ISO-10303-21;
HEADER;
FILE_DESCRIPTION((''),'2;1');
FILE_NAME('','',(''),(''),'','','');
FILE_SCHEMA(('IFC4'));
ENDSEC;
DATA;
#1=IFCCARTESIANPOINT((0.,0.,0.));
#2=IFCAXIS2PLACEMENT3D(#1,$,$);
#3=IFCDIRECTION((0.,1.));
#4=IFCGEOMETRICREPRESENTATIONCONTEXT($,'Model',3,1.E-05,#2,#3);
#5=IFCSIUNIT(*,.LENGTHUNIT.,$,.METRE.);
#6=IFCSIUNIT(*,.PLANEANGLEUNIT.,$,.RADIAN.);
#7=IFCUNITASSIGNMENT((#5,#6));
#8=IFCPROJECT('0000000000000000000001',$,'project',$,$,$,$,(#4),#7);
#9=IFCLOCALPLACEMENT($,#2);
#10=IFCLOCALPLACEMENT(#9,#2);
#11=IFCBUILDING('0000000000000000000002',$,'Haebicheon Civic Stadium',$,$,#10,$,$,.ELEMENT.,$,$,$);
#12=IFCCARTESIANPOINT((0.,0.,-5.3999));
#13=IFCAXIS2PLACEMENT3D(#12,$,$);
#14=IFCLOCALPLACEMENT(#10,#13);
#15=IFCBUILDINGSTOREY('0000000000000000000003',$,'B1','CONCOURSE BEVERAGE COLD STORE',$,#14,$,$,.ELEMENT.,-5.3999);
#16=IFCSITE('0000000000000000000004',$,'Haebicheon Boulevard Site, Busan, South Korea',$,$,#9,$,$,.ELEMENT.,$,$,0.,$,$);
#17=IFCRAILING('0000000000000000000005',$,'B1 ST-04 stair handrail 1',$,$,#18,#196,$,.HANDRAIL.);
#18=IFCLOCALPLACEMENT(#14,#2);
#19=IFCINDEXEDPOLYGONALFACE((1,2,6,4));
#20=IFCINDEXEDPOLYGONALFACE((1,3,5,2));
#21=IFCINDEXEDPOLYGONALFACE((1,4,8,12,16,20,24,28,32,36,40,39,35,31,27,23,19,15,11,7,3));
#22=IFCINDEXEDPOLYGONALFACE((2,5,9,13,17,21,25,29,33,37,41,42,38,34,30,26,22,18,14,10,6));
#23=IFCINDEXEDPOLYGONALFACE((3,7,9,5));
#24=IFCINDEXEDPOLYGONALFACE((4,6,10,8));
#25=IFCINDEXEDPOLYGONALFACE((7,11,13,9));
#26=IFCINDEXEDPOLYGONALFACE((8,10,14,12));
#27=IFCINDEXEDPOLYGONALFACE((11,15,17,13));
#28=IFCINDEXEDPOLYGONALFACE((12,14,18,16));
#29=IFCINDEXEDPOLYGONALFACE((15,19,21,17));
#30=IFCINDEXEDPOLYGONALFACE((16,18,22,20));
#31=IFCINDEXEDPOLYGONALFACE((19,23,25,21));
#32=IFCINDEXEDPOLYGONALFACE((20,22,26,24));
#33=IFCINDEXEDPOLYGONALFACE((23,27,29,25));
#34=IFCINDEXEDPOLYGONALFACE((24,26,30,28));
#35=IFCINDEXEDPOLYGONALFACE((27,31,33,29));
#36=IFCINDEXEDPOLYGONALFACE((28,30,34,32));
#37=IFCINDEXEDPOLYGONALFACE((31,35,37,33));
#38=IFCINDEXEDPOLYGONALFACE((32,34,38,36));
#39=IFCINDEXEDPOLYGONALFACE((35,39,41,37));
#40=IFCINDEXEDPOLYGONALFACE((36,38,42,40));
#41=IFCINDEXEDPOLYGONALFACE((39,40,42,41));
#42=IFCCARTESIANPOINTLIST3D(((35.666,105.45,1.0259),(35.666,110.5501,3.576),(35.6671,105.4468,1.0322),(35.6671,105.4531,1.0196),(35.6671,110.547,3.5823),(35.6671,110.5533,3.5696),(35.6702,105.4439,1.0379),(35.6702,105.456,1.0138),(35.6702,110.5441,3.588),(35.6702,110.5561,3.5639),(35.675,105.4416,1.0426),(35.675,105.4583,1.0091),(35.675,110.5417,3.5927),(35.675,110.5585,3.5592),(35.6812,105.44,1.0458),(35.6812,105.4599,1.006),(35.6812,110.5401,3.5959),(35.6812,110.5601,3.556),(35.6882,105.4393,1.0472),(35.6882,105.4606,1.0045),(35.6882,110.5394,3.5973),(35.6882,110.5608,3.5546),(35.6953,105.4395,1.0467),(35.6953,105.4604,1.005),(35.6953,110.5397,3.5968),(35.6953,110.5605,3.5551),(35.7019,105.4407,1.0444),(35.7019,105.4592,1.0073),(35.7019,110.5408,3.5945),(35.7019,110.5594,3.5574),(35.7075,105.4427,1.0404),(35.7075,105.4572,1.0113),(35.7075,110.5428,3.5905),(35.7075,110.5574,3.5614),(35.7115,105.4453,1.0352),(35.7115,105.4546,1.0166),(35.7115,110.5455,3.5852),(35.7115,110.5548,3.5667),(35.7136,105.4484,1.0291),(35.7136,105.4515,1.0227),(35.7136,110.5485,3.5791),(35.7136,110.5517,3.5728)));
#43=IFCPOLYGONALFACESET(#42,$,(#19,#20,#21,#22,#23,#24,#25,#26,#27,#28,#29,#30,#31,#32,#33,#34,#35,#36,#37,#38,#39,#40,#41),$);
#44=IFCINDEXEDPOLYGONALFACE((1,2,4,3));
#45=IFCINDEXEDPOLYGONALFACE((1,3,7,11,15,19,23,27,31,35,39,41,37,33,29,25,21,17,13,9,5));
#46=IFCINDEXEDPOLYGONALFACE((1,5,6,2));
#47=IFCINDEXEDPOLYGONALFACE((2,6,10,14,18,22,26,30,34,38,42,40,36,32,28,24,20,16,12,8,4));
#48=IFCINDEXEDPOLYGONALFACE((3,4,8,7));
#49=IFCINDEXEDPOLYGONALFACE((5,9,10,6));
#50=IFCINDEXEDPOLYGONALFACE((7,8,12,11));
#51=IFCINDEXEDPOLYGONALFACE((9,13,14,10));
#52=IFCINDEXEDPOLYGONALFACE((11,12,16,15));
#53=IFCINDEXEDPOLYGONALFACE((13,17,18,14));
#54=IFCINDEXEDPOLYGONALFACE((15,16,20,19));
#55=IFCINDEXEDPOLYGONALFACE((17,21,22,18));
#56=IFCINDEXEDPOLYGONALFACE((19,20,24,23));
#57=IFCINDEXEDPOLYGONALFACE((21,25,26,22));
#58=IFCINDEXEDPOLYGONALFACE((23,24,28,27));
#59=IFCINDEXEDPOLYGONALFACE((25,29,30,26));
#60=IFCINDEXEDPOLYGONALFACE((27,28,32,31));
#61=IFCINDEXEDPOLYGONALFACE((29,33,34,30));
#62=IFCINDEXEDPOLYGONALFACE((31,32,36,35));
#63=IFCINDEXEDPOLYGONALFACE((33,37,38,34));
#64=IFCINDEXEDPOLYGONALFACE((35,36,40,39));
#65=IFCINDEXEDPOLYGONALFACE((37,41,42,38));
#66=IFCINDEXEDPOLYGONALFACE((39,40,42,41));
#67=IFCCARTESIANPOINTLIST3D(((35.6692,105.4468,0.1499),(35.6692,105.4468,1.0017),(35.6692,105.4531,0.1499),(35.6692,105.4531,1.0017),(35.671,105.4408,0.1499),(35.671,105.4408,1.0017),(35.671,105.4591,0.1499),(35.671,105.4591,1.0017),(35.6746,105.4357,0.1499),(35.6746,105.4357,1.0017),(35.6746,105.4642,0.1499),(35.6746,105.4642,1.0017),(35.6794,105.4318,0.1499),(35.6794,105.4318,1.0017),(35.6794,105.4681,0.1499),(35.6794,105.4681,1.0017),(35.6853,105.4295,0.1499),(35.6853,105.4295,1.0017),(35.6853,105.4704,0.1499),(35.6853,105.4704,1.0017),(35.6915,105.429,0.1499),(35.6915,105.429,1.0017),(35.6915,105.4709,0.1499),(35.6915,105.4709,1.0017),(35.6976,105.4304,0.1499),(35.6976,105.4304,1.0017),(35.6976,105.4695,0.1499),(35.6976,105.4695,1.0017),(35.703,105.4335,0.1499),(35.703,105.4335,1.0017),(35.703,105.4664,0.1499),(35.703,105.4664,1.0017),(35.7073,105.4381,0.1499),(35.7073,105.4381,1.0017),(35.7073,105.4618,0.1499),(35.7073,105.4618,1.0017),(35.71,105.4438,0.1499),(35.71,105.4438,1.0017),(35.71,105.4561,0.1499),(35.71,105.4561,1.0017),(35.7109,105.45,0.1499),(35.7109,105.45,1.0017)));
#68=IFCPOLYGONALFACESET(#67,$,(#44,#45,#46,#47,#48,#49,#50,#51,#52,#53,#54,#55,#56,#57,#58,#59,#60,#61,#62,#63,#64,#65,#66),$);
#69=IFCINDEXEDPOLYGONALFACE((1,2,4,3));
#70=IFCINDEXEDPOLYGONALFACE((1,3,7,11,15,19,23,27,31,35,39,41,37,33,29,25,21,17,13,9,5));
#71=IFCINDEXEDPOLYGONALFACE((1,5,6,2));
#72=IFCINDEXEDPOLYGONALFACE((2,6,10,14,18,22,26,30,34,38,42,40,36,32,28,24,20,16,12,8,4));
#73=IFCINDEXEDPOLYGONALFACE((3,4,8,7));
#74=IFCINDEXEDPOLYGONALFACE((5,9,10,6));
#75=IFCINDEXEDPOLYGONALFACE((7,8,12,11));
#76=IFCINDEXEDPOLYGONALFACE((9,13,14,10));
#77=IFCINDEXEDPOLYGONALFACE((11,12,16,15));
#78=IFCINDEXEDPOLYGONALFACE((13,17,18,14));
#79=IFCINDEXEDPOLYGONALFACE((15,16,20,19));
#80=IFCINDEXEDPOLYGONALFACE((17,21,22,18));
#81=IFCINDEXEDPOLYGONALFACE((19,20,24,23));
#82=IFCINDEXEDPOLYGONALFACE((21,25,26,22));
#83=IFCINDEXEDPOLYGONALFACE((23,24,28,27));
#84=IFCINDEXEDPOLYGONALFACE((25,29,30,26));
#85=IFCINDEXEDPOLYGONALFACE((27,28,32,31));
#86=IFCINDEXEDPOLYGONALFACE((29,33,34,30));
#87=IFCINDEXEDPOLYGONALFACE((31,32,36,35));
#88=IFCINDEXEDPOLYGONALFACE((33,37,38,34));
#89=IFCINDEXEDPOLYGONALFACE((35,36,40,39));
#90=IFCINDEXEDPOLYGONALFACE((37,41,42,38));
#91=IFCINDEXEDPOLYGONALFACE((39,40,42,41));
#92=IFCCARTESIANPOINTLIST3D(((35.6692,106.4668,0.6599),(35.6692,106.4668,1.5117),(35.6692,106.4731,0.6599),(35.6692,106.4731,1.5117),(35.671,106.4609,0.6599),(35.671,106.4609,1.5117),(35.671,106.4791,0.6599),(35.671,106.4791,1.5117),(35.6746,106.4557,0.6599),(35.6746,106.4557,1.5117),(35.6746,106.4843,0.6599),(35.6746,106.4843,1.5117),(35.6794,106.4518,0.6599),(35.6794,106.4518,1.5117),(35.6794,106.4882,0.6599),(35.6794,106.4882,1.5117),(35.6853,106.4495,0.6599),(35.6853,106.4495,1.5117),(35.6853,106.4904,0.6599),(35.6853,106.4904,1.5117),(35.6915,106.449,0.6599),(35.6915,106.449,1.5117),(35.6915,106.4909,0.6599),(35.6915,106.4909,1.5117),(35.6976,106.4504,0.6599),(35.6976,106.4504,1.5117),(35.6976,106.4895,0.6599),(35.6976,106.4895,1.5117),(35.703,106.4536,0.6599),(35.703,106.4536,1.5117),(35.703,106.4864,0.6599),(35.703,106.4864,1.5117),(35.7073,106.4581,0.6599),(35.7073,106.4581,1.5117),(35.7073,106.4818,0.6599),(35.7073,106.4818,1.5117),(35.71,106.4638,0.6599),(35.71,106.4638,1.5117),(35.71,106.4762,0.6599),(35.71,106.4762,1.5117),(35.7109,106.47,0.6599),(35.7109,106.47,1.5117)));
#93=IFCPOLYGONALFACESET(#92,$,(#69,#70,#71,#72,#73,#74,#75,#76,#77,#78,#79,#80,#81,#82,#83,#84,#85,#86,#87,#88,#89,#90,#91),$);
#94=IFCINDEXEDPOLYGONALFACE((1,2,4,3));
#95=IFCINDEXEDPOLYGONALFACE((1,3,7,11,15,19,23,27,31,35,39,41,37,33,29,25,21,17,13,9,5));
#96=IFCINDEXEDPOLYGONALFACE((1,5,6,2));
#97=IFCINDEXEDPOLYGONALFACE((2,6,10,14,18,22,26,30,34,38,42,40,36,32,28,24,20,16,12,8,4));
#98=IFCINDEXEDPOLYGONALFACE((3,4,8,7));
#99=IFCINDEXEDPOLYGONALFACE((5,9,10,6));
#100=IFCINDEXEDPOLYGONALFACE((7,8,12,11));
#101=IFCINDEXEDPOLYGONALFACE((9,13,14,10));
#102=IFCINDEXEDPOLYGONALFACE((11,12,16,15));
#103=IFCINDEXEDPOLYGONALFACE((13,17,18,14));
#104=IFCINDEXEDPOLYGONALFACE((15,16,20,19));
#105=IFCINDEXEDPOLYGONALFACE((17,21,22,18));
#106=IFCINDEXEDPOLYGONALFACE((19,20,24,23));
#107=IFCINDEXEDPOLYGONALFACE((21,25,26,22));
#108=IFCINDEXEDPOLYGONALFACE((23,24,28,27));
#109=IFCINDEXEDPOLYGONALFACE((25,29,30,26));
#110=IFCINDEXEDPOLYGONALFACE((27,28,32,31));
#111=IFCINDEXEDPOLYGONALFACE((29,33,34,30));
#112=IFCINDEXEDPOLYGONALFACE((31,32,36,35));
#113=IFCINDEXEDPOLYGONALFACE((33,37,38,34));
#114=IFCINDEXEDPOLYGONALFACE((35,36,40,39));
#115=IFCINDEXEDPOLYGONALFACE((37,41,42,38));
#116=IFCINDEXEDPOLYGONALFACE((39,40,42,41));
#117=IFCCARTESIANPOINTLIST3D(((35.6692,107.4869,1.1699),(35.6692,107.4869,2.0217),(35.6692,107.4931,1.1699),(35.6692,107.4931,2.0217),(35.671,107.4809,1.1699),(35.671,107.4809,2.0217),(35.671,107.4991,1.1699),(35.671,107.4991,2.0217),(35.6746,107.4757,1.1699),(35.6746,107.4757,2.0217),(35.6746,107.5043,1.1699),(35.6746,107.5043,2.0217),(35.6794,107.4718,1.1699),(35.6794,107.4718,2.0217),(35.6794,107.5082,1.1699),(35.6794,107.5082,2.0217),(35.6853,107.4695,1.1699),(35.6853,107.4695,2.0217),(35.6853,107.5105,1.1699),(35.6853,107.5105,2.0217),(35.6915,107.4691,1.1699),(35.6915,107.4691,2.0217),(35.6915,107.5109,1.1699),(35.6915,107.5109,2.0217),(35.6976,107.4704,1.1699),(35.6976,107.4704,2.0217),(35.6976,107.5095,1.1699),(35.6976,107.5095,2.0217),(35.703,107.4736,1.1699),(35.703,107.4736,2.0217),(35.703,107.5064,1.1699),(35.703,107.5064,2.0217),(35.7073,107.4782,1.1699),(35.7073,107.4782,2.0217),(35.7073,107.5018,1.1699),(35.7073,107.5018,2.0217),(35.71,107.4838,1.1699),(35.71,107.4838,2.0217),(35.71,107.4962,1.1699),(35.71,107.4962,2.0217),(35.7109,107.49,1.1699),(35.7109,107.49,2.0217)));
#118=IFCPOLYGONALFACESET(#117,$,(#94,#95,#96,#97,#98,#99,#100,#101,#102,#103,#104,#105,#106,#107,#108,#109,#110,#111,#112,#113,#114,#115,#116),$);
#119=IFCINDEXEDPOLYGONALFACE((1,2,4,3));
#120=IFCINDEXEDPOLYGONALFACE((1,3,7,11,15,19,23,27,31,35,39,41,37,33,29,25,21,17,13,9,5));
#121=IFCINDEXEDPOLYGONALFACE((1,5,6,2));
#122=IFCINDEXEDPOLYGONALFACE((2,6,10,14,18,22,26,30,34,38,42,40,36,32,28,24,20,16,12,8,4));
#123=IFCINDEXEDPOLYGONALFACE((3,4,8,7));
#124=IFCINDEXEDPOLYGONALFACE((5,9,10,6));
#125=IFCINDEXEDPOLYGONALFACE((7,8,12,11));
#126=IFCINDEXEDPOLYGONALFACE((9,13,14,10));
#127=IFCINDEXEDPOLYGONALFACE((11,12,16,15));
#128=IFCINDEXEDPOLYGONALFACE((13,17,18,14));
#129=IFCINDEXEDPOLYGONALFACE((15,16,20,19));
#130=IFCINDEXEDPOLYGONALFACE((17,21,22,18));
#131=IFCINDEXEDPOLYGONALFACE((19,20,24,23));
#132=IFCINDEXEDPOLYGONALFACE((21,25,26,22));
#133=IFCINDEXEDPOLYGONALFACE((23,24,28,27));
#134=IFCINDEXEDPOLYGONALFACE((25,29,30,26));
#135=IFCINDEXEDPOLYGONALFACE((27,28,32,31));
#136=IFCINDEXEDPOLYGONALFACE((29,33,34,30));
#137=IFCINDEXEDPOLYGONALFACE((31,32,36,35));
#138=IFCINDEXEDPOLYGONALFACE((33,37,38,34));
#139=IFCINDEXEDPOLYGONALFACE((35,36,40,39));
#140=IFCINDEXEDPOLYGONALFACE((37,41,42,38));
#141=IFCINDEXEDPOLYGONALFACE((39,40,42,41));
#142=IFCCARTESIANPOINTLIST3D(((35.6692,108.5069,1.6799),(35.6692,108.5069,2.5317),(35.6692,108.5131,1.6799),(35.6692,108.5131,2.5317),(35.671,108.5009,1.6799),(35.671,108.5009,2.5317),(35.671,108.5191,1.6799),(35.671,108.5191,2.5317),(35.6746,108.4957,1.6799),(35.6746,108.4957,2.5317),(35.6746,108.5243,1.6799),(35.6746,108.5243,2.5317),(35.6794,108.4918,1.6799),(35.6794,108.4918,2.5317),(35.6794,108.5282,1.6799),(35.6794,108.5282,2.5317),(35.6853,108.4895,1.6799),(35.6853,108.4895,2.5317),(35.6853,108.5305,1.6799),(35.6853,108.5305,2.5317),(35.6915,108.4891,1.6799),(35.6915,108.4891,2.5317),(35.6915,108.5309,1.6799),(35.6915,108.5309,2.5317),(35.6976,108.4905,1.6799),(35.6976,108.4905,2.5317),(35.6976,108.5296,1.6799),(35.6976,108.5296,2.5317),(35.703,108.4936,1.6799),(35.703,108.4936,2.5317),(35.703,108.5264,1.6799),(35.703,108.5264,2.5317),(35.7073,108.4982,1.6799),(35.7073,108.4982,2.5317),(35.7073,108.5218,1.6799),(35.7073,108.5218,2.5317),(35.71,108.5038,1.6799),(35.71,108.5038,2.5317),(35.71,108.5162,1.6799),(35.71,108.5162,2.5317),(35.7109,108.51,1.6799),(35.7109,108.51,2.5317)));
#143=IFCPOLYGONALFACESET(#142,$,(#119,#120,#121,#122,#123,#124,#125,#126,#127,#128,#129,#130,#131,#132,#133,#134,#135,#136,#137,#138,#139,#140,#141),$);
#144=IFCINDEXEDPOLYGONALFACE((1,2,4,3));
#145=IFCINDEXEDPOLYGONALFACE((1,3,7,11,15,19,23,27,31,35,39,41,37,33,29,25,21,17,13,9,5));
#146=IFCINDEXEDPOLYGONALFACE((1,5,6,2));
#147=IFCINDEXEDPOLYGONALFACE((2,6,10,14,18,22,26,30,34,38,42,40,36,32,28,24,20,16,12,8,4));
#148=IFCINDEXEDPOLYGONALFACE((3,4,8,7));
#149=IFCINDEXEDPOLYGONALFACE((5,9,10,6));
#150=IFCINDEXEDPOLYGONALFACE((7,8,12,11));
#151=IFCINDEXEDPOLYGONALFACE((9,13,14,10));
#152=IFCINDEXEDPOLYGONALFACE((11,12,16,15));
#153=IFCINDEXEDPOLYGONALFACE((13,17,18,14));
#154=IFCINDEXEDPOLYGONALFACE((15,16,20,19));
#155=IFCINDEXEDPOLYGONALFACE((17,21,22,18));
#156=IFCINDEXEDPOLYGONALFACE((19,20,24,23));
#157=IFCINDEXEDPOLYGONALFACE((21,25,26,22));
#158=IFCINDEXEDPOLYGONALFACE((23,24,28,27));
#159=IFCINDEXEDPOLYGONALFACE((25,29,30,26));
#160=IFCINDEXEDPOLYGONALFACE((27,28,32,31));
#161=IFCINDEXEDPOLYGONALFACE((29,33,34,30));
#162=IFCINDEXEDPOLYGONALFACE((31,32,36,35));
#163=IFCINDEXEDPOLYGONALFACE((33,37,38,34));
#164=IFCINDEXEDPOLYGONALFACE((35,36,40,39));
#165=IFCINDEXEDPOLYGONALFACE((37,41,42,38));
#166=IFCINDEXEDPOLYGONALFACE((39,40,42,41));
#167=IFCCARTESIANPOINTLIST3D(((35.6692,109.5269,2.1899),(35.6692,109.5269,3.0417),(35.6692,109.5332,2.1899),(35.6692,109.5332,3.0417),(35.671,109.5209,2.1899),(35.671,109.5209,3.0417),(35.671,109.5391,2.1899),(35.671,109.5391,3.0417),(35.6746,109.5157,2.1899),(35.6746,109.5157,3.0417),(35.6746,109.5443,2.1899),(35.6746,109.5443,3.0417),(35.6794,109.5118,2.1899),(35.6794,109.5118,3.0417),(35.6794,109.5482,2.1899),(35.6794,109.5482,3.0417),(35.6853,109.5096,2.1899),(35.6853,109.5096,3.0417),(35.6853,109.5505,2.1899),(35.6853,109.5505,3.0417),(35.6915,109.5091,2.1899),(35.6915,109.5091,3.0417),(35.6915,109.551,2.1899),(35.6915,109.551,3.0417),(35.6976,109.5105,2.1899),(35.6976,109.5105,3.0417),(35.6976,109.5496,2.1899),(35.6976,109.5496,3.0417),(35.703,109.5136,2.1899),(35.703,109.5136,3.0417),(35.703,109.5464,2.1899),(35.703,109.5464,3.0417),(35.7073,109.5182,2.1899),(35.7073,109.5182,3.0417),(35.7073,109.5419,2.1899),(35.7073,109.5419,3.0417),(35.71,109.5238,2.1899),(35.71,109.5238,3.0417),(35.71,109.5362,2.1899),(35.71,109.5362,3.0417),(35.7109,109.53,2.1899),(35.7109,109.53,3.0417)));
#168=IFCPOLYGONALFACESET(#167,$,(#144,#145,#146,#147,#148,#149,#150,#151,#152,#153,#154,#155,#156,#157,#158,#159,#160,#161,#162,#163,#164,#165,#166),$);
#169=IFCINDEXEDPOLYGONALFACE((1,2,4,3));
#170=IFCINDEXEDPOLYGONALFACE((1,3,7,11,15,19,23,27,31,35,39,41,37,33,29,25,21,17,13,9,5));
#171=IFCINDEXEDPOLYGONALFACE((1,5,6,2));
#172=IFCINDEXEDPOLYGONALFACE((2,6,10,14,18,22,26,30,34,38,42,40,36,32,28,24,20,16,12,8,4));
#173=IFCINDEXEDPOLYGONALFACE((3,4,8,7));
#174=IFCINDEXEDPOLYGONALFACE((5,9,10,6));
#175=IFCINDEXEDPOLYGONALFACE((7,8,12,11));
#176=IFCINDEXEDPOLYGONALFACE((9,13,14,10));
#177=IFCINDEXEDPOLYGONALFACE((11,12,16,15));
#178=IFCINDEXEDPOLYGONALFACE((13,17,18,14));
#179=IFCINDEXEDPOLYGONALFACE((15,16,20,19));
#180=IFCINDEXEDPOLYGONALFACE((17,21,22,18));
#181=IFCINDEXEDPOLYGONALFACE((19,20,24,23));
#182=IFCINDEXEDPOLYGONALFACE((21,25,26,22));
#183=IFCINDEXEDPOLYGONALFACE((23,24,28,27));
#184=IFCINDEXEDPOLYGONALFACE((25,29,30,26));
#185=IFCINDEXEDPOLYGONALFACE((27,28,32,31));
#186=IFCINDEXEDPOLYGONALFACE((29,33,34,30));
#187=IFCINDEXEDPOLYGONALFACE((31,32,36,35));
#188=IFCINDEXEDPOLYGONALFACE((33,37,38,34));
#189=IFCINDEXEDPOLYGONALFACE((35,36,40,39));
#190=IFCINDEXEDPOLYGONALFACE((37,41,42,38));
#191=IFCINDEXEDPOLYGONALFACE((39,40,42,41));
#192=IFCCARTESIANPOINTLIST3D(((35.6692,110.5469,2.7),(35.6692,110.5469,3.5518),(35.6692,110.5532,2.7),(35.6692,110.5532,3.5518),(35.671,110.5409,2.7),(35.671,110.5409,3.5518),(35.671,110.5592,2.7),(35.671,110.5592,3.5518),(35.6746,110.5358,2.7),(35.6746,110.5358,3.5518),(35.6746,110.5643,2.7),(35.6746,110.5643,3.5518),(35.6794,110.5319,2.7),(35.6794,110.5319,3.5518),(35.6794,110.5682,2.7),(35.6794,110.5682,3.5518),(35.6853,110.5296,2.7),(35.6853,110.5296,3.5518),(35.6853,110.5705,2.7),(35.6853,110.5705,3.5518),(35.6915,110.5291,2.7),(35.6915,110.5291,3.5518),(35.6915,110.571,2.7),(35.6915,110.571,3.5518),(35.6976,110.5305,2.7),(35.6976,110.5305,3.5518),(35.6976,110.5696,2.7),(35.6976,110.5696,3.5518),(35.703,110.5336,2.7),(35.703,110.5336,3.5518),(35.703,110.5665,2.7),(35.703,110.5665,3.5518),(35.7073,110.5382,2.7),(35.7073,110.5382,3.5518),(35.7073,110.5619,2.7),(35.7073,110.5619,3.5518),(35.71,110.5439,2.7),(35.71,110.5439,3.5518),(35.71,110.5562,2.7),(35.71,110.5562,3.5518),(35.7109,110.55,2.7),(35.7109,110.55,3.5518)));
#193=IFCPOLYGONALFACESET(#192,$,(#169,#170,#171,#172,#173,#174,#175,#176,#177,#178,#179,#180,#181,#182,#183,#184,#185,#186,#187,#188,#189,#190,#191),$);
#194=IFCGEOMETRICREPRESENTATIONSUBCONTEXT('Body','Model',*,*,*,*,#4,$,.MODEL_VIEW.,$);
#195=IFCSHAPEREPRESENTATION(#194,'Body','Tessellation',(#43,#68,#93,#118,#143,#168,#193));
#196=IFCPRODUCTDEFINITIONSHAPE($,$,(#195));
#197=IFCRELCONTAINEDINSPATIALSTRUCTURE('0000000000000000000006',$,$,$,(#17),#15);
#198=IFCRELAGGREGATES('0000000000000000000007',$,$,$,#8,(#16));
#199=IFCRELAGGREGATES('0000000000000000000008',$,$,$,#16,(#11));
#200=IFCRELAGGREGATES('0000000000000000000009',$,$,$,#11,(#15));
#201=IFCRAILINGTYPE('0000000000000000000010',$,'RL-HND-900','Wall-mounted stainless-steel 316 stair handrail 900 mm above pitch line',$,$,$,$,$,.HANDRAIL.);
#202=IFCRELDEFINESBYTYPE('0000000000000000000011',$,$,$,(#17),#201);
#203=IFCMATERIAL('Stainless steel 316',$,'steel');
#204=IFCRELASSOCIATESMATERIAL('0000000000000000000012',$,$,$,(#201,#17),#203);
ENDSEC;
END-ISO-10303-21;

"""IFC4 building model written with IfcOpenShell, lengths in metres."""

from ifc_helpers import new_model, si_unit, direction, frame, origin, origin_2d, place, context, subcontext, project, spatial, circle, extrude, material, type_object, element, save


model = new_model("IFC4")

# Units and contexts
model_context = context("Model", 3, precision=1e-05, world=origin(), true_north=direction((0.0, 1.0)))
body_context = subcontext(model_context, "Body", "Model", "MODEL_VIEW")
ifc_project = project(units=[si_unit("LENGTHUNIT", "METRE"), si_unit("PLANEANGLEUNIT", "RADIAN")], contexts=[model_context])

# Site, building, storey
site_placement = place(None, origin())
site = spatial("IfcSite", under=ifc_project, at=site_placement, Name="Haebicheon Boulevard Site, Busan, South Korea", CompositionType="ELEMENT", RefElevation=0.0)
building_placement = place(site_placement, origin())
building = spatial("IfcBuilding", under=site, at=building_placement, Name="Haebicheon Civic Stadium", CompositionType="ELEMENT")
storey_placement = place(building_placement, frame((0.0, 0.0, -5.3999)))
storey = spatial("IfcBuildingStorey", under=building, at=storey_placement, Name="B1", Description="CONCOURSE BEVERAGE COLD STORE", CompositionType="ELEMENT", Elevation=-5.3999)

# Railing
ifc_material_1 = material(Name="Stainless steel 316", Category="steel")
railing_type_1 = type_object("IfcRailingType", Name="RL-HND-900", Description="Wall-mounted stainless-steel 316 stair handrail 900 mm above pitch line", PredefinedType="HANDRAIL", material=ifc_material_1)
railing_1_placement = place(storey_placement, frame((35.6899, 105.45, 0.1499)))
element("IfcRailing", 1, at=railing_1_placement, inside=storey, type_object=railing_type_1, material=ifc_material_1, Name="B1 ST-04 stair handrail 1", PredefinedType="HANDRAIL", context=body_context, shape_type="SweptSolid", body=[
    extrude(circle(Radius=0.0239, at=origin_2d()), frame((0.0, 0.0, 0.876), z_axis=(0.0, 0.894427, 0.447214), x_axis=(-1.0, 0.0, 0.0)), (0.0, 0.0, 1.0), 5.7021),
    extrude(circle(Radius=0.021, at=origin_2d()), origin(), (0.0, 0.0, 1.0), 0.8518),
    extrude(circle(Radius=0.021, at=origin_2d()), frame((0.0, 1.02, 0.51)), (0.0, 0.0, 1.0), 0.8518),
    extrude(circle(Radius=0.021, at=origin_2d()), frame((0.0, 2.04, 1.02)), (0.0, 0.0, 1.0), 0.8518),
    extrude(circle(Radius=0.021, at=origin_2d()), frame((0.0, 3.0601, 1.53)), (0.0, 0.0, 1.0), 0.8518),
    extrude(circle(Radius=0.021, at=origin_2d()), frame((0.0, 4.0801, 2.04)), (0.0, 0.0, 1.0), 0.8518),
    extrude(circle(Radius=0.021, at=origin_2d()), frame((0.0, 5.1001, 2.55)), (0.0, 0.0, 1.0), 0.8518),
])

save(model, "model.ifc")
